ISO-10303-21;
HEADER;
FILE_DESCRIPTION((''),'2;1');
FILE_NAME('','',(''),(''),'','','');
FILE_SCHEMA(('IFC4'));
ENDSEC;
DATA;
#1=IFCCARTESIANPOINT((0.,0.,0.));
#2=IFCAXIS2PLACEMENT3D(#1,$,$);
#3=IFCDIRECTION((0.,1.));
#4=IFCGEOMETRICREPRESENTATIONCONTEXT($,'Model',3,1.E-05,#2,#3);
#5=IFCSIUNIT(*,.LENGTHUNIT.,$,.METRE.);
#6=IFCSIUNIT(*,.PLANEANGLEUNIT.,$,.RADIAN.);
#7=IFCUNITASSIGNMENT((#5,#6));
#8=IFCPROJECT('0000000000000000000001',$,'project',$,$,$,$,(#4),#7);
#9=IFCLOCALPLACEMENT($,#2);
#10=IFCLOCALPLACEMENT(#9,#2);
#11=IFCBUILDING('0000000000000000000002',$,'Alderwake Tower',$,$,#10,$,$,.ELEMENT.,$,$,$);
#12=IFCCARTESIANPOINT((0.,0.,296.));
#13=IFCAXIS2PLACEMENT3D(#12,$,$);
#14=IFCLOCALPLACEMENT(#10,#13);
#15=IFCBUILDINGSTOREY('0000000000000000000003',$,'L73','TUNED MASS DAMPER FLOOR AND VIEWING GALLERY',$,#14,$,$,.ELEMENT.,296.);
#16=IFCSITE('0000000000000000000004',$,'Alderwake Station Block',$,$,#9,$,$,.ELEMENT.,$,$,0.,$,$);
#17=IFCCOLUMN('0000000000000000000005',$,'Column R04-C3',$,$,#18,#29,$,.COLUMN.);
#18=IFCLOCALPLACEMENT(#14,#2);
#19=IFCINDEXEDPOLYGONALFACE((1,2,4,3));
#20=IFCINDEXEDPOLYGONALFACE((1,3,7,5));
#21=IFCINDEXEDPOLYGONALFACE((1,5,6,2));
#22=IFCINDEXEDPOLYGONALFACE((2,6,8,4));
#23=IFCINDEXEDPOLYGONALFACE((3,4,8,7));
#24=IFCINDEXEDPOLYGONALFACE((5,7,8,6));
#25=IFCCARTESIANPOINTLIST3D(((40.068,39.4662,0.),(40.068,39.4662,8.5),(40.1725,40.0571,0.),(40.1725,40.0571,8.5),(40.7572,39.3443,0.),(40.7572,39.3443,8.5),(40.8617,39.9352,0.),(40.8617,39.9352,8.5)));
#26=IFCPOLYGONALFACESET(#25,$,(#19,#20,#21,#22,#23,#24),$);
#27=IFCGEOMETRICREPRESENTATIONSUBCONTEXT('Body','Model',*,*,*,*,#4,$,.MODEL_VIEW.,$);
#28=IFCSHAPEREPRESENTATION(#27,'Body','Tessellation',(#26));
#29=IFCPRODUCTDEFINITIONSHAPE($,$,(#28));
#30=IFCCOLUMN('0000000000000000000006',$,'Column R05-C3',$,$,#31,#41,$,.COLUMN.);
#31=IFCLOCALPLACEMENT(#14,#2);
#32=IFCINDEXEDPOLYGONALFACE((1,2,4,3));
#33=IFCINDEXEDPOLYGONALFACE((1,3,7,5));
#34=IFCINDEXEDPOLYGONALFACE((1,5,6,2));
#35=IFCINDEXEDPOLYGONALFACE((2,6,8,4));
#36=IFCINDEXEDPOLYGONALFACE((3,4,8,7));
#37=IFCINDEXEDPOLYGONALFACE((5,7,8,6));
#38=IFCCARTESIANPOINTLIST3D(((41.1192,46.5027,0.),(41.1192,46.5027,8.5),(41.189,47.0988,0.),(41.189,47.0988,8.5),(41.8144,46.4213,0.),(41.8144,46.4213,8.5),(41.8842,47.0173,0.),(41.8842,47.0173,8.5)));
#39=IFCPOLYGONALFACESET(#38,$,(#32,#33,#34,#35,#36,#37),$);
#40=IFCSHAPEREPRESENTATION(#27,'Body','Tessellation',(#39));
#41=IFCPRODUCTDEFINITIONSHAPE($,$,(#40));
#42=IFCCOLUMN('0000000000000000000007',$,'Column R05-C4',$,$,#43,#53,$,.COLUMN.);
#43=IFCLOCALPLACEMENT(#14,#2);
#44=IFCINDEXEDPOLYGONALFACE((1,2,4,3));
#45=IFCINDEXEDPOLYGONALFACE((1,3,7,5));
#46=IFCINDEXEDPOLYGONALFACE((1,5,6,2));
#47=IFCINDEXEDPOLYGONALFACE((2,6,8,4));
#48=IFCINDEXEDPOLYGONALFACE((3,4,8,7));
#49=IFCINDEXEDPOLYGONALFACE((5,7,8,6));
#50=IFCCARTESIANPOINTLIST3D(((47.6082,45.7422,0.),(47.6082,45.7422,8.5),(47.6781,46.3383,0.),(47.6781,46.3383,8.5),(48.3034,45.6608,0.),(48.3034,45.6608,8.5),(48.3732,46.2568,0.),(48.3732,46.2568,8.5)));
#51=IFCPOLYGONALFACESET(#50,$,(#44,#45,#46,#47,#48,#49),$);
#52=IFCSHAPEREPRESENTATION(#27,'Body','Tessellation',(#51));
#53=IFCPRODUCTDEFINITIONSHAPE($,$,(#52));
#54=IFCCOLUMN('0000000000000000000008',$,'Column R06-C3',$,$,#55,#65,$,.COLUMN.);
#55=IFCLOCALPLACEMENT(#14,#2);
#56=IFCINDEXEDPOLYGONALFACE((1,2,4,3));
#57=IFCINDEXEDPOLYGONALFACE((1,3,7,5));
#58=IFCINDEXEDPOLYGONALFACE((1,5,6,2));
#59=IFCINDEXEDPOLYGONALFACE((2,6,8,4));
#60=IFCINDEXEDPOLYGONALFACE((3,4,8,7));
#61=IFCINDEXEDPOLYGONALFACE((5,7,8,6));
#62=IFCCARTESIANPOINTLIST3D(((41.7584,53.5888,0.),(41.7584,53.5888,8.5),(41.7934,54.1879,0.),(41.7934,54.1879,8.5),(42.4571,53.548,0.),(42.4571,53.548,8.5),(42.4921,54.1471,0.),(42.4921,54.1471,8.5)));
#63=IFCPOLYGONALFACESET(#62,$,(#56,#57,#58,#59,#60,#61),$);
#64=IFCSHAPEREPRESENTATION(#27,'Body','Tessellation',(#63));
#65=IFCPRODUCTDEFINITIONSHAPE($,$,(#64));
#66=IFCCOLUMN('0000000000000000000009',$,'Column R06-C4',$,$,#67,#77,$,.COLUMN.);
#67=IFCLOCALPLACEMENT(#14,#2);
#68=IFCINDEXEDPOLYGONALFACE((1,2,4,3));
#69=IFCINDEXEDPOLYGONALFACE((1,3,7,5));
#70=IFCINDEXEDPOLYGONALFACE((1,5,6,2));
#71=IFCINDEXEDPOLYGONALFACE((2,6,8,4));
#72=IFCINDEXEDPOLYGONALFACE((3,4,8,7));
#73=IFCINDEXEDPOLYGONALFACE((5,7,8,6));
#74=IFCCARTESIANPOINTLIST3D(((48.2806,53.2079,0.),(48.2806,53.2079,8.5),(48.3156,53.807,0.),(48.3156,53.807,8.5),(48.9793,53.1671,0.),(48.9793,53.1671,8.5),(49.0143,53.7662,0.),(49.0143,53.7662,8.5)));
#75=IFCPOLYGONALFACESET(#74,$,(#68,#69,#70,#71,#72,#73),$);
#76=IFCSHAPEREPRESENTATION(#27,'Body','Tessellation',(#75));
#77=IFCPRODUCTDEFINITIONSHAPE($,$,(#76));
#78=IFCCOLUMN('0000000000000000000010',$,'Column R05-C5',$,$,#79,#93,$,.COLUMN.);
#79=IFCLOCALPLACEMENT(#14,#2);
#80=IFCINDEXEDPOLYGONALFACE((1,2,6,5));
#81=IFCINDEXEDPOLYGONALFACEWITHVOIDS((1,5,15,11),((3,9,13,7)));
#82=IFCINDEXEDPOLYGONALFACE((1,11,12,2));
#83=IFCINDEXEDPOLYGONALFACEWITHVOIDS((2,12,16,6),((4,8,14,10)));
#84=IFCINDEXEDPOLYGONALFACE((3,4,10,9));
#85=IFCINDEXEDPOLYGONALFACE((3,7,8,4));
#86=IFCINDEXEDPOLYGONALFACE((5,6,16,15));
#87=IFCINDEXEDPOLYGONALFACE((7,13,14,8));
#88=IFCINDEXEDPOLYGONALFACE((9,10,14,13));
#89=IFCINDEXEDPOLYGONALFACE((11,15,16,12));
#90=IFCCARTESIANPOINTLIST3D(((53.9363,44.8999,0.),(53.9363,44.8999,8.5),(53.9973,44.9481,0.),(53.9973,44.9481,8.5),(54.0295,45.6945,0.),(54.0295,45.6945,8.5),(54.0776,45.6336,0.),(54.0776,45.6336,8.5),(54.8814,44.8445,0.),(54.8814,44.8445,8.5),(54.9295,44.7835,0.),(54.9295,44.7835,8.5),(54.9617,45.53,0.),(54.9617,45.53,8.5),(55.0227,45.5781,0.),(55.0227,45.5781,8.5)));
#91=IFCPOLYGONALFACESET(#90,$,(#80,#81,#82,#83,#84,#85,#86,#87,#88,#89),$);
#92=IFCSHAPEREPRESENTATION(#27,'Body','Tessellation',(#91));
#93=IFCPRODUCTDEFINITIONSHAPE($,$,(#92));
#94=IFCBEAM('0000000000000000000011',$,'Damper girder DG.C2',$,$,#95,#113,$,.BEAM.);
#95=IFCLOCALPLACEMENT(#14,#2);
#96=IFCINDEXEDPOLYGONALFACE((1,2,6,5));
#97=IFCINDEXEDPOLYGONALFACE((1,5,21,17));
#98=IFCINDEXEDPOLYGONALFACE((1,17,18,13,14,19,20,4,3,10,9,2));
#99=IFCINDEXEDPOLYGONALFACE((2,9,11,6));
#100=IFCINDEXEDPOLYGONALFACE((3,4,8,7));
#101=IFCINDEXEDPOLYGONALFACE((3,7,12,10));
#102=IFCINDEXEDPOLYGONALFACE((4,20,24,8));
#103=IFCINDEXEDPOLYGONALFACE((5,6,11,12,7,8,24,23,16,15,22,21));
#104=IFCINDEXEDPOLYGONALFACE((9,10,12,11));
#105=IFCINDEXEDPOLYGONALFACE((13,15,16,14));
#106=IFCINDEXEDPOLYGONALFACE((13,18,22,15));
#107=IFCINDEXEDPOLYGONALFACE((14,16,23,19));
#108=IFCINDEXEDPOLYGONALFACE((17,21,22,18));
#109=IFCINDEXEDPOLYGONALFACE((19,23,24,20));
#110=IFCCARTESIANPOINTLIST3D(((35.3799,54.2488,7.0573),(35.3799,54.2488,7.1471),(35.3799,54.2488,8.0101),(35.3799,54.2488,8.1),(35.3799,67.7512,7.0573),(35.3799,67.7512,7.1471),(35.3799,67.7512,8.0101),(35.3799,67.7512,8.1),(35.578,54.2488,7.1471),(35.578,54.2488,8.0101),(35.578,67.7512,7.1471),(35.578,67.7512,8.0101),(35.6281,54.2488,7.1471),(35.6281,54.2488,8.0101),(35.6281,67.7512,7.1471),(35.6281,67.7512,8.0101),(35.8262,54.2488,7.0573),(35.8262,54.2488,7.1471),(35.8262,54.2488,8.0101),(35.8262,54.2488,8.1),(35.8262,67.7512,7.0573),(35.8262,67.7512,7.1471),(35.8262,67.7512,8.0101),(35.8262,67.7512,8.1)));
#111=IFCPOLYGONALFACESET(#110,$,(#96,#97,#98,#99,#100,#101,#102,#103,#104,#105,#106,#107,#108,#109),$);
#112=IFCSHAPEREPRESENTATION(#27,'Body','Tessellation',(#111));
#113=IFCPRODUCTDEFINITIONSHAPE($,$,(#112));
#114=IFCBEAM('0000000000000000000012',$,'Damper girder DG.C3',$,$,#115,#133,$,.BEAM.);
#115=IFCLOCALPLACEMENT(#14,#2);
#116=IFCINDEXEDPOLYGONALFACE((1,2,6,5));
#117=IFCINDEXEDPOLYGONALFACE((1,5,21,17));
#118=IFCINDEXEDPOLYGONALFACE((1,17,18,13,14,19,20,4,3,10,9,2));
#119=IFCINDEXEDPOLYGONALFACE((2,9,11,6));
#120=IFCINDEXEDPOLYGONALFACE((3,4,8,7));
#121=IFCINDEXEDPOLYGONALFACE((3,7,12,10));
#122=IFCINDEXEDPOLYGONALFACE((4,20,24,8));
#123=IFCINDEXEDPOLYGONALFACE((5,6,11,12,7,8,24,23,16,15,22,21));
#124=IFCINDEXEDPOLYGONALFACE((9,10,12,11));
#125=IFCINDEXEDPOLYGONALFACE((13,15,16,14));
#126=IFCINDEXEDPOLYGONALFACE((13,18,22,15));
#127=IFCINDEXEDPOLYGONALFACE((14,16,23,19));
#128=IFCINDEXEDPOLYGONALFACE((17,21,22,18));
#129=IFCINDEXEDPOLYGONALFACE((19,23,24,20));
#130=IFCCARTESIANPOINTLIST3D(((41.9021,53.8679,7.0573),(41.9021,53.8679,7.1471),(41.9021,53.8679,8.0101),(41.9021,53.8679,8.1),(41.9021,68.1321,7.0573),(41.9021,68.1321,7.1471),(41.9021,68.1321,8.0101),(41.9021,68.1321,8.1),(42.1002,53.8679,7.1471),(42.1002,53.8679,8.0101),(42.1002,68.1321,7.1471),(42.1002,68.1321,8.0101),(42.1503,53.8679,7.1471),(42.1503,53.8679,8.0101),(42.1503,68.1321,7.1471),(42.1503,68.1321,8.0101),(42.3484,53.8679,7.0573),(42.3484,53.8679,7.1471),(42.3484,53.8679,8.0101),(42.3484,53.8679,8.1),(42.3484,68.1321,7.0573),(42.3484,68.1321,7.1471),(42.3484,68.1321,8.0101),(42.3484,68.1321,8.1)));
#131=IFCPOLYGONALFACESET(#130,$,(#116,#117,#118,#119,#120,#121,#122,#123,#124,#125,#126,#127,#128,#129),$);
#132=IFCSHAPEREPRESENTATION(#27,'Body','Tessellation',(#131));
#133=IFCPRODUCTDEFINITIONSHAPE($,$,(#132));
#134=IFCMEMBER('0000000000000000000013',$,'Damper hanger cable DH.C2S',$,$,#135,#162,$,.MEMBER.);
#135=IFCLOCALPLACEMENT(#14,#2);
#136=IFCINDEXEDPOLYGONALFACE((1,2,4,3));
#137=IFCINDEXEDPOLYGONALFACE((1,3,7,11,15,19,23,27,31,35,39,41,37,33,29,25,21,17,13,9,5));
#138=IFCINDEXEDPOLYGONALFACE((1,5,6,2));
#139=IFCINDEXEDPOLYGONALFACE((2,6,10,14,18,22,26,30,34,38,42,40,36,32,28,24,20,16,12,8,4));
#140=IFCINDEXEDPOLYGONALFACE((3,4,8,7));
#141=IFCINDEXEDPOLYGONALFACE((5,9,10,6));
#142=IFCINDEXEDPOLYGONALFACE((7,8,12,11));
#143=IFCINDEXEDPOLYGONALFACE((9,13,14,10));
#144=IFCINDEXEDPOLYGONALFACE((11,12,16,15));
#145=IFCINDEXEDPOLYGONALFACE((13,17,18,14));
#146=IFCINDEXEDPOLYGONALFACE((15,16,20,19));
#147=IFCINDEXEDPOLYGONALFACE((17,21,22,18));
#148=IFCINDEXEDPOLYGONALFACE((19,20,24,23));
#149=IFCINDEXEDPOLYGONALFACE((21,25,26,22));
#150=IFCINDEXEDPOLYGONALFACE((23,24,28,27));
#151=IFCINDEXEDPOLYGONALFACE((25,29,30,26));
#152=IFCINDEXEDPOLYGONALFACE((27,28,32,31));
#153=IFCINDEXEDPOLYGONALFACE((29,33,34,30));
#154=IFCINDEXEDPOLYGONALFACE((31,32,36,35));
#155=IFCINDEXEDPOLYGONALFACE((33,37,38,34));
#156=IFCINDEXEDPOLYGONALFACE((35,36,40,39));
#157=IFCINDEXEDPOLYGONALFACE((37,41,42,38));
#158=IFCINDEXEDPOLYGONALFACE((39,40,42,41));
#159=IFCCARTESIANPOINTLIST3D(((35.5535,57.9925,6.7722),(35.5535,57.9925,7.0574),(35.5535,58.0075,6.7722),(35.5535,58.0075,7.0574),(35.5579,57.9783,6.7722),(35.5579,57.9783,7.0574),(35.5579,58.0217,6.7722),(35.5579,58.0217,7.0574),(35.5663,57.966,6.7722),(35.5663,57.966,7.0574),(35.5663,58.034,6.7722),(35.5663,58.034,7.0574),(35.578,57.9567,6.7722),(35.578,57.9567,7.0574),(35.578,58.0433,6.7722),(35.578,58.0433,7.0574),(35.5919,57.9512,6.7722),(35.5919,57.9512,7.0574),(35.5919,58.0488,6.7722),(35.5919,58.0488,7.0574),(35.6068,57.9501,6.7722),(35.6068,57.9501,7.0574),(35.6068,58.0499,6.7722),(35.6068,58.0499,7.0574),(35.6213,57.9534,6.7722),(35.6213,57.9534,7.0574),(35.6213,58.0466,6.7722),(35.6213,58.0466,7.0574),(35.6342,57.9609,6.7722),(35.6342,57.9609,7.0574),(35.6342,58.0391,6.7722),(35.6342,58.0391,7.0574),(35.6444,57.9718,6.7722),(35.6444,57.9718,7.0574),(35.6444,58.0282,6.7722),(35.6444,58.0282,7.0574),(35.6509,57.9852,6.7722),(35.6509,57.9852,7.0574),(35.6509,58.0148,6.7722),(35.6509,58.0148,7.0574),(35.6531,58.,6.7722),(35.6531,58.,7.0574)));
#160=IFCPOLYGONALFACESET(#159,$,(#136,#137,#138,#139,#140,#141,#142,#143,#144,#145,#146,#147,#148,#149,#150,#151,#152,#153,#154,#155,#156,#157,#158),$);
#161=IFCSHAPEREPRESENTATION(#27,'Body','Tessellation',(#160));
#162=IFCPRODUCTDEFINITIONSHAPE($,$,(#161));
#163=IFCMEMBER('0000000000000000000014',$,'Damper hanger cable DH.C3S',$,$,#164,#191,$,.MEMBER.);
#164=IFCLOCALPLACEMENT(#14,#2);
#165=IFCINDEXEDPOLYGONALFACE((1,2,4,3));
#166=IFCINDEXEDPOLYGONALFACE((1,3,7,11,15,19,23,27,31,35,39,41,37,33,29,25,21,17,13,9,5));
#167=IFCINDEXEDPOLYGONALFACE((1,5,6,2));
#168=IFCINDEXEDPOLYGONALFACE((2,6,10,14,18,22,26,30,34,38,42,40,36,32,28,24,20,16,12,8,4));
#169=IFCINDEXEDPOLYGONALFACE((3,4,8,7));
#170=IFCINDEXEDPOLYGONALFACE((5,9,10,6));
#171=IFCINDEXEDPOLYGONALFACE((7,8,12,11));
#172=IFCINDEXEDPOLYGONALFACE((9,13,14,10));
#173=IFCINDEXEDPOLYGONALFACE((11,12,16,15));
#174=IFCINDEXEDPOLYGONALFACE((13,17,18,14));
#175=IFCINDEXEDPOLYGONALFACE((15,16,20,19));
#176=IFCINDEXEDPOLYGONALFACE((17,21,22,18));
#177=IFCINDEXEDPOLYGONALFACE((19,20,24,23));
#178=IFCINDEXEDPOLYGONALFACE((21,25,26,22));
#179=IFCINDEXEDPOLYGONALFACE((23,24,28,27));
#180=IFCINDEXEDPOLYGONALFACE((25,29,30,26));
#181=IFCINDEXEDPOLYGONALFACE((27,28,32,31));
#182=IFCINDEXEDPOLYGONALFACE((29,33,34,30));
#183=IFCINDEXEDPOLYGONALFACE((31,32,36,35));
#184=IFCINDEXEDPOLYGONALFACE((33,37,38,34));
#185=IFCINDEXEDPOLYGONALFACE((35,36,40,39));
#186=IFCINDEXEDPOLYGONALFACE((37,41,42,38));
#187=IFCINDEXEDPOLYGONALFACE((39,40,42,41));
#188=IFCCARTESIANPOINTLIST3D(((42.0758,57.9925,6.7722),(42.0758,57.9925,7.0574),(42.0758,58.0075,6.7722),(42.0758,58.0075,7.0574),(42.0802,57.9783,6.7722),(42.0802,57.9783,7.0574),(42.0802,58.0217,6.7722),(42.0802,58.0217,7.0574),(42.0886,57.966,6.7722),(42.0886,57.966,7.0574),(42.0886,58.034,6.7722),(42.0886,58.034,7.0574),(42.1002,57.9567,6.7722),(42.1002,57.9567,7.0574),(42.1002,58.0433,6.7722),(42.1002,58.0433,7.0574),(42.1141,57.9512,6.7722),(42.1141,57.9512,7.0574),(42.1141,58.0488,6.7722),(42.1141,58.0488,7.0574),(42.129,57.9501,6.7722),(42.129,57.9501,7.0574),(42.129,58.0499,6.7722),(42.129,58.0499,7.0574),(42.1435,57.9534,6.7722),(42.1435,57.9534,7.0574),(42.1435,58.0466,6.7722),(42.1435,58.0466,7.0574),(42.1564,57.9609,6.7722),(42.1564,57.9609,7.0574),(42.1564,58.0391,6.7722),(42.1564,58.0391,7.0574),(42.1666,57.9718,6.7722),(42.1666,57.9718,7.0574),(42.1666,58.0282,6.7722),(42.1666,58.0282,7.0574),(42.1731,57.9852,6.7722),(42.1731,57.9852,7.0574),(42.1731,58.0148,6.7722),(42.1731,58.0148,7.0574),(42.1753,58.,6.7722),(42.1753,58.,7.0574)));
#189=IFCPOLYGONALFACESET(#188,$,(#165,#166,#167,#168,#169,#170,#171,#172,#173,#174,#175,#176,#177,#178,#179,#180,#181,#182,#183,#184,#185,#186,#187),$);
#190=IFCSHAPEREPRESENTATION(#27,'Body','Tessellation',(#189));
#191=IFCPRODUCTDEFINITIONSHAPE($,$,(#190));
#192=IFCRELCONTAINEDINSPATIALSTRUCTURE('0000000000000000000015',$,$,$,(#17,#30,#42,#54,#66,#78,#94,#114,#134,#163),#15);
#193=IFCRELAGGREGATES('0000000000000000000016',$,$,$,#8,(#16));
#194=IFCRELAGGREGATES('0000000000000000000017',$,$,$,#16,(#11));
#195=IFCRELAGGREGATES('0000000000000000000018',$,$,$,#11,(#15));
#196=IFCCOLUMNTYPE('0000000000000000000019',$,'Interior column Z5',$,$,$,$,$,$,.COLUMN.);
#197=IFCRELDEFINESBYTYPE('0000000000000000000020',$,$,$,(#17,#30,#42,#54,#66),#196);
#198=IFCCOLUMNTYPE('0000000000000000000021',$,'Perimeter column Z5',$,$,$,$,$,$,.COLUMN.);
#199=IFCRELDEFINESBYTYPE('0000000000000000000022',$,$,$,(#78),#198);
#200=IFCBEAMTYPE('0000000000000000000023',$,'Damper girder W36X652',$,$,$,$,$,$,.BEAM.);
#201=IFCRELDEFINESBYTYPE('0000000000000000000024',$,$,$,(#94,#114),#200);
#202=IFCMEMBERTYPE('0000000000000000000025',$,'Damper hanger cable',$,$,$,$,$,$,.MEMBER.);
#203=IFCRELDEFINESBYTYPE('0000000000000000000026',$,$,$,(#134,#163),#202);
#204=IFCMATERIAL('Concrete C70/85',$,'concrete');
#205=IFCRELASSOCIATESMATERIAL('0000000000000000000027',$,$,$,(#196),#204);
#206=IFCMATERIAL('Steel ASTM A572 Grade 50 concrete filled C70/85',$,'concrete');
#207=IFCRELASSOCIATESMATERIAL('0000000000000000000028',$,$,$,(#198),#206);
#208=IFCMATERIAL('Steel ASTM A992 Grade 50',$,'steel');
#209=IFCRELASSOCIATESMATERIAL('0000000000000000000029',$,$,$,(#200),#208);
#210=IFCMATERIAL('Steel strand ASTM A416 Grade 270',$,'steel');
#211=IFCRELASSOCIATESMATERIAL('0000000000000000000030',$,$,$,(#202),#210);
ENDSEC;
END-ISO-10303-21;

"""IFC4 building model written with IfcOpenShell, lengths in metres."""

from ifc_helpers import new_model, si_unit, direction, frame, origin, origin_2d, place, context, subcontext, project, spatial, rectangle, hollow_rectangle, circle, i_section, extrude, material, material_profile, profile_set, type_object, element, save


model = new_model("IFC4")

# Units and contexts
model_context = context("Model", 3, precision=1e-05, world=origin(), true_north=direction((0.0, 1.0)))
body_context = subcontext(model_context, "Body", "Model", "MODEL_VIEW")
ifc_project = project(units=[si_unit("LENGTHUNIT", "METRE"), si_unit("PLANEANGLEUNIT", "RADIAN")], contexts=[model_context])

# Site, building, storey
site_placement = place(None, origin())
site = spatial("IfcSite", under=ifc_project, at=site_placement, Name="Alderwake Station Block", CompositionType="ELEMENT", RefElevation=0.0)
building_placement = place(site_placement, origin())
building = spatial("IfcBuilding", under=site, at=building_placement, Name="Alderwake Tower", CompositionType="ELEMENT")
storey_placement = place(building_placement, frame((0.0, 0.0, 296.0)))
storey = spatial("IfcBuildingStorey", under=building, at=storey_placement, Name="L73", Description="TUNED MASS DAMPER FLOOR AND VIEWING GALLERY", CompositionType="ELEMENT", Elevation=296.0)

# Columns
ifc_material_1 = material(Name="Concrete C70/85", Category="concrete")
ifc_material_profile_1 = material_profile(ifc_material_1, rectangle(XDim=0.6001, YDim=0.7, at=origin_2d()), Name="RC 700X600")
ifc_profile_set_1 = profile_set([ifc_material_profile_1], Name="Concrete C70/85")
column_type_1 = type_object("IfcColumnType", Name="Interior column Z5", PredefinedType="COLUMN", material=ifc_profile_set_1)
for number, where, z_axis, x_axis, name in (
    (1, (40.4648, 39.7007, 0.0), (0.0, 0.0, 1.0), (0.174109, 0.984726, 0.0), "Column R04-C3"),
    (2, (41.5017, 46.76, 0.0), (0.0, 0.0, 1.0), (0.116402, 0.993202, 0.0), "Column R05-C3"),
    (3, (47.9907, 45.9995, 0.0), (0.0, 0.0, 1.0), (0.116402, 0.993202, 0.0), "Column R05-C4"),
    (4, (42.1252, 53.8679, 0.0), (0.0, 0.0, 1.0), (0.058301, 0.998299, 0.0), "Column R06-C3"),
    (5, (48.6475, 53.4871, 0.0), (0.0, 0.0, 1.0), (0.058301, 0.998299, 0.0), "Column R06-C4"),
):
    element("IfcColumn", number, at=place(storey_placement, frame(where, z_axis=z_axis, x_axis=x_axis)), inside=storey, type_object=column_type_1, Name=name, PredefinedType="COLUMN", context=body_context, shape_type="SweptSolid", body=[
        extrude(rectangle(XDim=0.6001, YDim=0.7, at=origin_2d()), origin(), (0.0, 0.0, 1.0), 8.5),
    ])
ifc_material_2 = material(Name="Steel ASTM A572 Grade 50 concrete filled C70/85", Category="concrete")
ifc_material_profile_2 = material_profile(ifc_material_2, hollow_rectangle(XDim=0.8, YDim=1.0, WallThickness=0.0549, at=origin_2d()), Name="BOX 1000X800X55")
ifc_profile_set_2 = profile_set([ifc_material_profile_2], Name="Steel ASTM A572 Grade 50 concrete filled C70/85")
column_type_2 = type_object("IfcColumnType", Name="Perimeter column Z5", PredefinedType="COLUMN", material=ifc_profile_set_2)
column_placement = place(storey_placement, frame((54.4795, 45.239, 0.0), z_axis=(0.0, 0.0, 1.0), x_axis=(0.116402, 0.993202, 0.0)))
element("IfcColumn", 6, at=column_placement, inside=storey, type_object=column_type_2, Name="Column R05-C5", PredefinedType="COLUMN", context=body_context, shape_type="SweptSolid", body=[
    extrude(hollow_rectangle(XDim=0.8, YDim=1.0, WallThickness=0.0549, at=origin_2d()), origin(), (0.0, 0.0, 1.0), 8.5),
])

# Beams
ifc_material_3 = material(Name="Steel ASTM A992 Grade 50", Category="steel")
ifc_material_profile_3 = material_profile(ifc_material_3, i_section(OverallWidth=0.4463, OverallDepth=1.0427, WebThickness=0.05, FlangeThickness=0.0898, at=origin_2d()), Name="W36X652")
ifc_profile_set_3 = profile_set([ifc_material_profile_3], Name="Steel ASTM A992 Grade 50")
beam_type_1 = type_object("IfcBeamType", Name="Damper girder W36X652", PredefinedType="BEAM", material=ifc_profile_set_3)
beam_1_placement = place(storey_placement, frame((35.603, 54.2488, 7.5786), z_axis=(0.0, 1.0, 0.0), x_axis=(-1.0, 0.0, 0.0)))
element("IfcBeam", 7, at=beam_1_placement, inside=storey, type_object=beam_type_1, Name="Damper girder DG.C2", PredefinedType="BEAM", context=body_context, shape_type="SweptSolid", body=[
    extrude(i_section(OverallWidth=0.4463, OverallDepth=1.0427, WebThickness=0.05, FlangeThickness=0.0898, at=origin_2d()), origin(), (0.0, 0.0, 1.0), 13.5024),
])
beam_2_placement = place(storey_placement, frame((42.1252, 53.8679, 7.5786), z_axis=(0.0, 1.0, 0.0), x_axis=(-1.0, 0.0, 0.0)))
element("IfcBeam", 8, at=beam_2_placement, inside=storey, type_object=beam_type_1, Name="Damper girder DG.C3", PredefinedType="BEAM", context=body_context, shape_type="SweptSolid", body=[
    extrude(i_section(OverallWidth=0.4463, OverallDepth=1.0427, WebThickness=0.05, FlangeThickness=0.0898, at=origin_2d()), origin(), (0.0, 0.0, 1.0), 14.2642),
])

# Members
ifc_material_4 = material(Name="Steel strand ASTM A416 Grade 270", Category="steel")
ifc_material_profile_4 = material_profile(ifc_material_4, circle(Radius=0.05, at=origin_2d()), Name="ROPE 100")
ifc_profile_set_4 = profile_set([ifc_material_profile_4], Name="Steel strand ASTM A416 Grade 270")
member_type_1 = type_object("IfcMemberType", Name="Damper hanger cable", PredefinedType="MEMBER", material=ifc_profile_set_4)
for number, where, z_axis, x_axis, name in (
    (9, (35.603, 58.0, 6.7722), (0.0, 0.0, 1.0), (1.0, 0.0, 0.0), "Damper hanger cable DH.C2S"),
    (10, (42.1252, 58.0, 6.7722), (0.0, 0.0, 1.0), (1.0, 0.0, 0.0), "Damper hanger cable DH.C3S"),
):
    element("IfcMember", number, at=place(storey_placement, frame(where, z_axis=z_axis, x_axis=x_axis)), inside=storey, type_object=member_type_1, Name=name, PredefinedType="MEMBER", context=body_context, shape_type="SweptSolid", body=[
        extrude(circle(Radius=0.05, at=origin_2d()), origin(), (0.0, 0.0, 1.0), 0.2852),
    ])

save(model, "model.ifc")
